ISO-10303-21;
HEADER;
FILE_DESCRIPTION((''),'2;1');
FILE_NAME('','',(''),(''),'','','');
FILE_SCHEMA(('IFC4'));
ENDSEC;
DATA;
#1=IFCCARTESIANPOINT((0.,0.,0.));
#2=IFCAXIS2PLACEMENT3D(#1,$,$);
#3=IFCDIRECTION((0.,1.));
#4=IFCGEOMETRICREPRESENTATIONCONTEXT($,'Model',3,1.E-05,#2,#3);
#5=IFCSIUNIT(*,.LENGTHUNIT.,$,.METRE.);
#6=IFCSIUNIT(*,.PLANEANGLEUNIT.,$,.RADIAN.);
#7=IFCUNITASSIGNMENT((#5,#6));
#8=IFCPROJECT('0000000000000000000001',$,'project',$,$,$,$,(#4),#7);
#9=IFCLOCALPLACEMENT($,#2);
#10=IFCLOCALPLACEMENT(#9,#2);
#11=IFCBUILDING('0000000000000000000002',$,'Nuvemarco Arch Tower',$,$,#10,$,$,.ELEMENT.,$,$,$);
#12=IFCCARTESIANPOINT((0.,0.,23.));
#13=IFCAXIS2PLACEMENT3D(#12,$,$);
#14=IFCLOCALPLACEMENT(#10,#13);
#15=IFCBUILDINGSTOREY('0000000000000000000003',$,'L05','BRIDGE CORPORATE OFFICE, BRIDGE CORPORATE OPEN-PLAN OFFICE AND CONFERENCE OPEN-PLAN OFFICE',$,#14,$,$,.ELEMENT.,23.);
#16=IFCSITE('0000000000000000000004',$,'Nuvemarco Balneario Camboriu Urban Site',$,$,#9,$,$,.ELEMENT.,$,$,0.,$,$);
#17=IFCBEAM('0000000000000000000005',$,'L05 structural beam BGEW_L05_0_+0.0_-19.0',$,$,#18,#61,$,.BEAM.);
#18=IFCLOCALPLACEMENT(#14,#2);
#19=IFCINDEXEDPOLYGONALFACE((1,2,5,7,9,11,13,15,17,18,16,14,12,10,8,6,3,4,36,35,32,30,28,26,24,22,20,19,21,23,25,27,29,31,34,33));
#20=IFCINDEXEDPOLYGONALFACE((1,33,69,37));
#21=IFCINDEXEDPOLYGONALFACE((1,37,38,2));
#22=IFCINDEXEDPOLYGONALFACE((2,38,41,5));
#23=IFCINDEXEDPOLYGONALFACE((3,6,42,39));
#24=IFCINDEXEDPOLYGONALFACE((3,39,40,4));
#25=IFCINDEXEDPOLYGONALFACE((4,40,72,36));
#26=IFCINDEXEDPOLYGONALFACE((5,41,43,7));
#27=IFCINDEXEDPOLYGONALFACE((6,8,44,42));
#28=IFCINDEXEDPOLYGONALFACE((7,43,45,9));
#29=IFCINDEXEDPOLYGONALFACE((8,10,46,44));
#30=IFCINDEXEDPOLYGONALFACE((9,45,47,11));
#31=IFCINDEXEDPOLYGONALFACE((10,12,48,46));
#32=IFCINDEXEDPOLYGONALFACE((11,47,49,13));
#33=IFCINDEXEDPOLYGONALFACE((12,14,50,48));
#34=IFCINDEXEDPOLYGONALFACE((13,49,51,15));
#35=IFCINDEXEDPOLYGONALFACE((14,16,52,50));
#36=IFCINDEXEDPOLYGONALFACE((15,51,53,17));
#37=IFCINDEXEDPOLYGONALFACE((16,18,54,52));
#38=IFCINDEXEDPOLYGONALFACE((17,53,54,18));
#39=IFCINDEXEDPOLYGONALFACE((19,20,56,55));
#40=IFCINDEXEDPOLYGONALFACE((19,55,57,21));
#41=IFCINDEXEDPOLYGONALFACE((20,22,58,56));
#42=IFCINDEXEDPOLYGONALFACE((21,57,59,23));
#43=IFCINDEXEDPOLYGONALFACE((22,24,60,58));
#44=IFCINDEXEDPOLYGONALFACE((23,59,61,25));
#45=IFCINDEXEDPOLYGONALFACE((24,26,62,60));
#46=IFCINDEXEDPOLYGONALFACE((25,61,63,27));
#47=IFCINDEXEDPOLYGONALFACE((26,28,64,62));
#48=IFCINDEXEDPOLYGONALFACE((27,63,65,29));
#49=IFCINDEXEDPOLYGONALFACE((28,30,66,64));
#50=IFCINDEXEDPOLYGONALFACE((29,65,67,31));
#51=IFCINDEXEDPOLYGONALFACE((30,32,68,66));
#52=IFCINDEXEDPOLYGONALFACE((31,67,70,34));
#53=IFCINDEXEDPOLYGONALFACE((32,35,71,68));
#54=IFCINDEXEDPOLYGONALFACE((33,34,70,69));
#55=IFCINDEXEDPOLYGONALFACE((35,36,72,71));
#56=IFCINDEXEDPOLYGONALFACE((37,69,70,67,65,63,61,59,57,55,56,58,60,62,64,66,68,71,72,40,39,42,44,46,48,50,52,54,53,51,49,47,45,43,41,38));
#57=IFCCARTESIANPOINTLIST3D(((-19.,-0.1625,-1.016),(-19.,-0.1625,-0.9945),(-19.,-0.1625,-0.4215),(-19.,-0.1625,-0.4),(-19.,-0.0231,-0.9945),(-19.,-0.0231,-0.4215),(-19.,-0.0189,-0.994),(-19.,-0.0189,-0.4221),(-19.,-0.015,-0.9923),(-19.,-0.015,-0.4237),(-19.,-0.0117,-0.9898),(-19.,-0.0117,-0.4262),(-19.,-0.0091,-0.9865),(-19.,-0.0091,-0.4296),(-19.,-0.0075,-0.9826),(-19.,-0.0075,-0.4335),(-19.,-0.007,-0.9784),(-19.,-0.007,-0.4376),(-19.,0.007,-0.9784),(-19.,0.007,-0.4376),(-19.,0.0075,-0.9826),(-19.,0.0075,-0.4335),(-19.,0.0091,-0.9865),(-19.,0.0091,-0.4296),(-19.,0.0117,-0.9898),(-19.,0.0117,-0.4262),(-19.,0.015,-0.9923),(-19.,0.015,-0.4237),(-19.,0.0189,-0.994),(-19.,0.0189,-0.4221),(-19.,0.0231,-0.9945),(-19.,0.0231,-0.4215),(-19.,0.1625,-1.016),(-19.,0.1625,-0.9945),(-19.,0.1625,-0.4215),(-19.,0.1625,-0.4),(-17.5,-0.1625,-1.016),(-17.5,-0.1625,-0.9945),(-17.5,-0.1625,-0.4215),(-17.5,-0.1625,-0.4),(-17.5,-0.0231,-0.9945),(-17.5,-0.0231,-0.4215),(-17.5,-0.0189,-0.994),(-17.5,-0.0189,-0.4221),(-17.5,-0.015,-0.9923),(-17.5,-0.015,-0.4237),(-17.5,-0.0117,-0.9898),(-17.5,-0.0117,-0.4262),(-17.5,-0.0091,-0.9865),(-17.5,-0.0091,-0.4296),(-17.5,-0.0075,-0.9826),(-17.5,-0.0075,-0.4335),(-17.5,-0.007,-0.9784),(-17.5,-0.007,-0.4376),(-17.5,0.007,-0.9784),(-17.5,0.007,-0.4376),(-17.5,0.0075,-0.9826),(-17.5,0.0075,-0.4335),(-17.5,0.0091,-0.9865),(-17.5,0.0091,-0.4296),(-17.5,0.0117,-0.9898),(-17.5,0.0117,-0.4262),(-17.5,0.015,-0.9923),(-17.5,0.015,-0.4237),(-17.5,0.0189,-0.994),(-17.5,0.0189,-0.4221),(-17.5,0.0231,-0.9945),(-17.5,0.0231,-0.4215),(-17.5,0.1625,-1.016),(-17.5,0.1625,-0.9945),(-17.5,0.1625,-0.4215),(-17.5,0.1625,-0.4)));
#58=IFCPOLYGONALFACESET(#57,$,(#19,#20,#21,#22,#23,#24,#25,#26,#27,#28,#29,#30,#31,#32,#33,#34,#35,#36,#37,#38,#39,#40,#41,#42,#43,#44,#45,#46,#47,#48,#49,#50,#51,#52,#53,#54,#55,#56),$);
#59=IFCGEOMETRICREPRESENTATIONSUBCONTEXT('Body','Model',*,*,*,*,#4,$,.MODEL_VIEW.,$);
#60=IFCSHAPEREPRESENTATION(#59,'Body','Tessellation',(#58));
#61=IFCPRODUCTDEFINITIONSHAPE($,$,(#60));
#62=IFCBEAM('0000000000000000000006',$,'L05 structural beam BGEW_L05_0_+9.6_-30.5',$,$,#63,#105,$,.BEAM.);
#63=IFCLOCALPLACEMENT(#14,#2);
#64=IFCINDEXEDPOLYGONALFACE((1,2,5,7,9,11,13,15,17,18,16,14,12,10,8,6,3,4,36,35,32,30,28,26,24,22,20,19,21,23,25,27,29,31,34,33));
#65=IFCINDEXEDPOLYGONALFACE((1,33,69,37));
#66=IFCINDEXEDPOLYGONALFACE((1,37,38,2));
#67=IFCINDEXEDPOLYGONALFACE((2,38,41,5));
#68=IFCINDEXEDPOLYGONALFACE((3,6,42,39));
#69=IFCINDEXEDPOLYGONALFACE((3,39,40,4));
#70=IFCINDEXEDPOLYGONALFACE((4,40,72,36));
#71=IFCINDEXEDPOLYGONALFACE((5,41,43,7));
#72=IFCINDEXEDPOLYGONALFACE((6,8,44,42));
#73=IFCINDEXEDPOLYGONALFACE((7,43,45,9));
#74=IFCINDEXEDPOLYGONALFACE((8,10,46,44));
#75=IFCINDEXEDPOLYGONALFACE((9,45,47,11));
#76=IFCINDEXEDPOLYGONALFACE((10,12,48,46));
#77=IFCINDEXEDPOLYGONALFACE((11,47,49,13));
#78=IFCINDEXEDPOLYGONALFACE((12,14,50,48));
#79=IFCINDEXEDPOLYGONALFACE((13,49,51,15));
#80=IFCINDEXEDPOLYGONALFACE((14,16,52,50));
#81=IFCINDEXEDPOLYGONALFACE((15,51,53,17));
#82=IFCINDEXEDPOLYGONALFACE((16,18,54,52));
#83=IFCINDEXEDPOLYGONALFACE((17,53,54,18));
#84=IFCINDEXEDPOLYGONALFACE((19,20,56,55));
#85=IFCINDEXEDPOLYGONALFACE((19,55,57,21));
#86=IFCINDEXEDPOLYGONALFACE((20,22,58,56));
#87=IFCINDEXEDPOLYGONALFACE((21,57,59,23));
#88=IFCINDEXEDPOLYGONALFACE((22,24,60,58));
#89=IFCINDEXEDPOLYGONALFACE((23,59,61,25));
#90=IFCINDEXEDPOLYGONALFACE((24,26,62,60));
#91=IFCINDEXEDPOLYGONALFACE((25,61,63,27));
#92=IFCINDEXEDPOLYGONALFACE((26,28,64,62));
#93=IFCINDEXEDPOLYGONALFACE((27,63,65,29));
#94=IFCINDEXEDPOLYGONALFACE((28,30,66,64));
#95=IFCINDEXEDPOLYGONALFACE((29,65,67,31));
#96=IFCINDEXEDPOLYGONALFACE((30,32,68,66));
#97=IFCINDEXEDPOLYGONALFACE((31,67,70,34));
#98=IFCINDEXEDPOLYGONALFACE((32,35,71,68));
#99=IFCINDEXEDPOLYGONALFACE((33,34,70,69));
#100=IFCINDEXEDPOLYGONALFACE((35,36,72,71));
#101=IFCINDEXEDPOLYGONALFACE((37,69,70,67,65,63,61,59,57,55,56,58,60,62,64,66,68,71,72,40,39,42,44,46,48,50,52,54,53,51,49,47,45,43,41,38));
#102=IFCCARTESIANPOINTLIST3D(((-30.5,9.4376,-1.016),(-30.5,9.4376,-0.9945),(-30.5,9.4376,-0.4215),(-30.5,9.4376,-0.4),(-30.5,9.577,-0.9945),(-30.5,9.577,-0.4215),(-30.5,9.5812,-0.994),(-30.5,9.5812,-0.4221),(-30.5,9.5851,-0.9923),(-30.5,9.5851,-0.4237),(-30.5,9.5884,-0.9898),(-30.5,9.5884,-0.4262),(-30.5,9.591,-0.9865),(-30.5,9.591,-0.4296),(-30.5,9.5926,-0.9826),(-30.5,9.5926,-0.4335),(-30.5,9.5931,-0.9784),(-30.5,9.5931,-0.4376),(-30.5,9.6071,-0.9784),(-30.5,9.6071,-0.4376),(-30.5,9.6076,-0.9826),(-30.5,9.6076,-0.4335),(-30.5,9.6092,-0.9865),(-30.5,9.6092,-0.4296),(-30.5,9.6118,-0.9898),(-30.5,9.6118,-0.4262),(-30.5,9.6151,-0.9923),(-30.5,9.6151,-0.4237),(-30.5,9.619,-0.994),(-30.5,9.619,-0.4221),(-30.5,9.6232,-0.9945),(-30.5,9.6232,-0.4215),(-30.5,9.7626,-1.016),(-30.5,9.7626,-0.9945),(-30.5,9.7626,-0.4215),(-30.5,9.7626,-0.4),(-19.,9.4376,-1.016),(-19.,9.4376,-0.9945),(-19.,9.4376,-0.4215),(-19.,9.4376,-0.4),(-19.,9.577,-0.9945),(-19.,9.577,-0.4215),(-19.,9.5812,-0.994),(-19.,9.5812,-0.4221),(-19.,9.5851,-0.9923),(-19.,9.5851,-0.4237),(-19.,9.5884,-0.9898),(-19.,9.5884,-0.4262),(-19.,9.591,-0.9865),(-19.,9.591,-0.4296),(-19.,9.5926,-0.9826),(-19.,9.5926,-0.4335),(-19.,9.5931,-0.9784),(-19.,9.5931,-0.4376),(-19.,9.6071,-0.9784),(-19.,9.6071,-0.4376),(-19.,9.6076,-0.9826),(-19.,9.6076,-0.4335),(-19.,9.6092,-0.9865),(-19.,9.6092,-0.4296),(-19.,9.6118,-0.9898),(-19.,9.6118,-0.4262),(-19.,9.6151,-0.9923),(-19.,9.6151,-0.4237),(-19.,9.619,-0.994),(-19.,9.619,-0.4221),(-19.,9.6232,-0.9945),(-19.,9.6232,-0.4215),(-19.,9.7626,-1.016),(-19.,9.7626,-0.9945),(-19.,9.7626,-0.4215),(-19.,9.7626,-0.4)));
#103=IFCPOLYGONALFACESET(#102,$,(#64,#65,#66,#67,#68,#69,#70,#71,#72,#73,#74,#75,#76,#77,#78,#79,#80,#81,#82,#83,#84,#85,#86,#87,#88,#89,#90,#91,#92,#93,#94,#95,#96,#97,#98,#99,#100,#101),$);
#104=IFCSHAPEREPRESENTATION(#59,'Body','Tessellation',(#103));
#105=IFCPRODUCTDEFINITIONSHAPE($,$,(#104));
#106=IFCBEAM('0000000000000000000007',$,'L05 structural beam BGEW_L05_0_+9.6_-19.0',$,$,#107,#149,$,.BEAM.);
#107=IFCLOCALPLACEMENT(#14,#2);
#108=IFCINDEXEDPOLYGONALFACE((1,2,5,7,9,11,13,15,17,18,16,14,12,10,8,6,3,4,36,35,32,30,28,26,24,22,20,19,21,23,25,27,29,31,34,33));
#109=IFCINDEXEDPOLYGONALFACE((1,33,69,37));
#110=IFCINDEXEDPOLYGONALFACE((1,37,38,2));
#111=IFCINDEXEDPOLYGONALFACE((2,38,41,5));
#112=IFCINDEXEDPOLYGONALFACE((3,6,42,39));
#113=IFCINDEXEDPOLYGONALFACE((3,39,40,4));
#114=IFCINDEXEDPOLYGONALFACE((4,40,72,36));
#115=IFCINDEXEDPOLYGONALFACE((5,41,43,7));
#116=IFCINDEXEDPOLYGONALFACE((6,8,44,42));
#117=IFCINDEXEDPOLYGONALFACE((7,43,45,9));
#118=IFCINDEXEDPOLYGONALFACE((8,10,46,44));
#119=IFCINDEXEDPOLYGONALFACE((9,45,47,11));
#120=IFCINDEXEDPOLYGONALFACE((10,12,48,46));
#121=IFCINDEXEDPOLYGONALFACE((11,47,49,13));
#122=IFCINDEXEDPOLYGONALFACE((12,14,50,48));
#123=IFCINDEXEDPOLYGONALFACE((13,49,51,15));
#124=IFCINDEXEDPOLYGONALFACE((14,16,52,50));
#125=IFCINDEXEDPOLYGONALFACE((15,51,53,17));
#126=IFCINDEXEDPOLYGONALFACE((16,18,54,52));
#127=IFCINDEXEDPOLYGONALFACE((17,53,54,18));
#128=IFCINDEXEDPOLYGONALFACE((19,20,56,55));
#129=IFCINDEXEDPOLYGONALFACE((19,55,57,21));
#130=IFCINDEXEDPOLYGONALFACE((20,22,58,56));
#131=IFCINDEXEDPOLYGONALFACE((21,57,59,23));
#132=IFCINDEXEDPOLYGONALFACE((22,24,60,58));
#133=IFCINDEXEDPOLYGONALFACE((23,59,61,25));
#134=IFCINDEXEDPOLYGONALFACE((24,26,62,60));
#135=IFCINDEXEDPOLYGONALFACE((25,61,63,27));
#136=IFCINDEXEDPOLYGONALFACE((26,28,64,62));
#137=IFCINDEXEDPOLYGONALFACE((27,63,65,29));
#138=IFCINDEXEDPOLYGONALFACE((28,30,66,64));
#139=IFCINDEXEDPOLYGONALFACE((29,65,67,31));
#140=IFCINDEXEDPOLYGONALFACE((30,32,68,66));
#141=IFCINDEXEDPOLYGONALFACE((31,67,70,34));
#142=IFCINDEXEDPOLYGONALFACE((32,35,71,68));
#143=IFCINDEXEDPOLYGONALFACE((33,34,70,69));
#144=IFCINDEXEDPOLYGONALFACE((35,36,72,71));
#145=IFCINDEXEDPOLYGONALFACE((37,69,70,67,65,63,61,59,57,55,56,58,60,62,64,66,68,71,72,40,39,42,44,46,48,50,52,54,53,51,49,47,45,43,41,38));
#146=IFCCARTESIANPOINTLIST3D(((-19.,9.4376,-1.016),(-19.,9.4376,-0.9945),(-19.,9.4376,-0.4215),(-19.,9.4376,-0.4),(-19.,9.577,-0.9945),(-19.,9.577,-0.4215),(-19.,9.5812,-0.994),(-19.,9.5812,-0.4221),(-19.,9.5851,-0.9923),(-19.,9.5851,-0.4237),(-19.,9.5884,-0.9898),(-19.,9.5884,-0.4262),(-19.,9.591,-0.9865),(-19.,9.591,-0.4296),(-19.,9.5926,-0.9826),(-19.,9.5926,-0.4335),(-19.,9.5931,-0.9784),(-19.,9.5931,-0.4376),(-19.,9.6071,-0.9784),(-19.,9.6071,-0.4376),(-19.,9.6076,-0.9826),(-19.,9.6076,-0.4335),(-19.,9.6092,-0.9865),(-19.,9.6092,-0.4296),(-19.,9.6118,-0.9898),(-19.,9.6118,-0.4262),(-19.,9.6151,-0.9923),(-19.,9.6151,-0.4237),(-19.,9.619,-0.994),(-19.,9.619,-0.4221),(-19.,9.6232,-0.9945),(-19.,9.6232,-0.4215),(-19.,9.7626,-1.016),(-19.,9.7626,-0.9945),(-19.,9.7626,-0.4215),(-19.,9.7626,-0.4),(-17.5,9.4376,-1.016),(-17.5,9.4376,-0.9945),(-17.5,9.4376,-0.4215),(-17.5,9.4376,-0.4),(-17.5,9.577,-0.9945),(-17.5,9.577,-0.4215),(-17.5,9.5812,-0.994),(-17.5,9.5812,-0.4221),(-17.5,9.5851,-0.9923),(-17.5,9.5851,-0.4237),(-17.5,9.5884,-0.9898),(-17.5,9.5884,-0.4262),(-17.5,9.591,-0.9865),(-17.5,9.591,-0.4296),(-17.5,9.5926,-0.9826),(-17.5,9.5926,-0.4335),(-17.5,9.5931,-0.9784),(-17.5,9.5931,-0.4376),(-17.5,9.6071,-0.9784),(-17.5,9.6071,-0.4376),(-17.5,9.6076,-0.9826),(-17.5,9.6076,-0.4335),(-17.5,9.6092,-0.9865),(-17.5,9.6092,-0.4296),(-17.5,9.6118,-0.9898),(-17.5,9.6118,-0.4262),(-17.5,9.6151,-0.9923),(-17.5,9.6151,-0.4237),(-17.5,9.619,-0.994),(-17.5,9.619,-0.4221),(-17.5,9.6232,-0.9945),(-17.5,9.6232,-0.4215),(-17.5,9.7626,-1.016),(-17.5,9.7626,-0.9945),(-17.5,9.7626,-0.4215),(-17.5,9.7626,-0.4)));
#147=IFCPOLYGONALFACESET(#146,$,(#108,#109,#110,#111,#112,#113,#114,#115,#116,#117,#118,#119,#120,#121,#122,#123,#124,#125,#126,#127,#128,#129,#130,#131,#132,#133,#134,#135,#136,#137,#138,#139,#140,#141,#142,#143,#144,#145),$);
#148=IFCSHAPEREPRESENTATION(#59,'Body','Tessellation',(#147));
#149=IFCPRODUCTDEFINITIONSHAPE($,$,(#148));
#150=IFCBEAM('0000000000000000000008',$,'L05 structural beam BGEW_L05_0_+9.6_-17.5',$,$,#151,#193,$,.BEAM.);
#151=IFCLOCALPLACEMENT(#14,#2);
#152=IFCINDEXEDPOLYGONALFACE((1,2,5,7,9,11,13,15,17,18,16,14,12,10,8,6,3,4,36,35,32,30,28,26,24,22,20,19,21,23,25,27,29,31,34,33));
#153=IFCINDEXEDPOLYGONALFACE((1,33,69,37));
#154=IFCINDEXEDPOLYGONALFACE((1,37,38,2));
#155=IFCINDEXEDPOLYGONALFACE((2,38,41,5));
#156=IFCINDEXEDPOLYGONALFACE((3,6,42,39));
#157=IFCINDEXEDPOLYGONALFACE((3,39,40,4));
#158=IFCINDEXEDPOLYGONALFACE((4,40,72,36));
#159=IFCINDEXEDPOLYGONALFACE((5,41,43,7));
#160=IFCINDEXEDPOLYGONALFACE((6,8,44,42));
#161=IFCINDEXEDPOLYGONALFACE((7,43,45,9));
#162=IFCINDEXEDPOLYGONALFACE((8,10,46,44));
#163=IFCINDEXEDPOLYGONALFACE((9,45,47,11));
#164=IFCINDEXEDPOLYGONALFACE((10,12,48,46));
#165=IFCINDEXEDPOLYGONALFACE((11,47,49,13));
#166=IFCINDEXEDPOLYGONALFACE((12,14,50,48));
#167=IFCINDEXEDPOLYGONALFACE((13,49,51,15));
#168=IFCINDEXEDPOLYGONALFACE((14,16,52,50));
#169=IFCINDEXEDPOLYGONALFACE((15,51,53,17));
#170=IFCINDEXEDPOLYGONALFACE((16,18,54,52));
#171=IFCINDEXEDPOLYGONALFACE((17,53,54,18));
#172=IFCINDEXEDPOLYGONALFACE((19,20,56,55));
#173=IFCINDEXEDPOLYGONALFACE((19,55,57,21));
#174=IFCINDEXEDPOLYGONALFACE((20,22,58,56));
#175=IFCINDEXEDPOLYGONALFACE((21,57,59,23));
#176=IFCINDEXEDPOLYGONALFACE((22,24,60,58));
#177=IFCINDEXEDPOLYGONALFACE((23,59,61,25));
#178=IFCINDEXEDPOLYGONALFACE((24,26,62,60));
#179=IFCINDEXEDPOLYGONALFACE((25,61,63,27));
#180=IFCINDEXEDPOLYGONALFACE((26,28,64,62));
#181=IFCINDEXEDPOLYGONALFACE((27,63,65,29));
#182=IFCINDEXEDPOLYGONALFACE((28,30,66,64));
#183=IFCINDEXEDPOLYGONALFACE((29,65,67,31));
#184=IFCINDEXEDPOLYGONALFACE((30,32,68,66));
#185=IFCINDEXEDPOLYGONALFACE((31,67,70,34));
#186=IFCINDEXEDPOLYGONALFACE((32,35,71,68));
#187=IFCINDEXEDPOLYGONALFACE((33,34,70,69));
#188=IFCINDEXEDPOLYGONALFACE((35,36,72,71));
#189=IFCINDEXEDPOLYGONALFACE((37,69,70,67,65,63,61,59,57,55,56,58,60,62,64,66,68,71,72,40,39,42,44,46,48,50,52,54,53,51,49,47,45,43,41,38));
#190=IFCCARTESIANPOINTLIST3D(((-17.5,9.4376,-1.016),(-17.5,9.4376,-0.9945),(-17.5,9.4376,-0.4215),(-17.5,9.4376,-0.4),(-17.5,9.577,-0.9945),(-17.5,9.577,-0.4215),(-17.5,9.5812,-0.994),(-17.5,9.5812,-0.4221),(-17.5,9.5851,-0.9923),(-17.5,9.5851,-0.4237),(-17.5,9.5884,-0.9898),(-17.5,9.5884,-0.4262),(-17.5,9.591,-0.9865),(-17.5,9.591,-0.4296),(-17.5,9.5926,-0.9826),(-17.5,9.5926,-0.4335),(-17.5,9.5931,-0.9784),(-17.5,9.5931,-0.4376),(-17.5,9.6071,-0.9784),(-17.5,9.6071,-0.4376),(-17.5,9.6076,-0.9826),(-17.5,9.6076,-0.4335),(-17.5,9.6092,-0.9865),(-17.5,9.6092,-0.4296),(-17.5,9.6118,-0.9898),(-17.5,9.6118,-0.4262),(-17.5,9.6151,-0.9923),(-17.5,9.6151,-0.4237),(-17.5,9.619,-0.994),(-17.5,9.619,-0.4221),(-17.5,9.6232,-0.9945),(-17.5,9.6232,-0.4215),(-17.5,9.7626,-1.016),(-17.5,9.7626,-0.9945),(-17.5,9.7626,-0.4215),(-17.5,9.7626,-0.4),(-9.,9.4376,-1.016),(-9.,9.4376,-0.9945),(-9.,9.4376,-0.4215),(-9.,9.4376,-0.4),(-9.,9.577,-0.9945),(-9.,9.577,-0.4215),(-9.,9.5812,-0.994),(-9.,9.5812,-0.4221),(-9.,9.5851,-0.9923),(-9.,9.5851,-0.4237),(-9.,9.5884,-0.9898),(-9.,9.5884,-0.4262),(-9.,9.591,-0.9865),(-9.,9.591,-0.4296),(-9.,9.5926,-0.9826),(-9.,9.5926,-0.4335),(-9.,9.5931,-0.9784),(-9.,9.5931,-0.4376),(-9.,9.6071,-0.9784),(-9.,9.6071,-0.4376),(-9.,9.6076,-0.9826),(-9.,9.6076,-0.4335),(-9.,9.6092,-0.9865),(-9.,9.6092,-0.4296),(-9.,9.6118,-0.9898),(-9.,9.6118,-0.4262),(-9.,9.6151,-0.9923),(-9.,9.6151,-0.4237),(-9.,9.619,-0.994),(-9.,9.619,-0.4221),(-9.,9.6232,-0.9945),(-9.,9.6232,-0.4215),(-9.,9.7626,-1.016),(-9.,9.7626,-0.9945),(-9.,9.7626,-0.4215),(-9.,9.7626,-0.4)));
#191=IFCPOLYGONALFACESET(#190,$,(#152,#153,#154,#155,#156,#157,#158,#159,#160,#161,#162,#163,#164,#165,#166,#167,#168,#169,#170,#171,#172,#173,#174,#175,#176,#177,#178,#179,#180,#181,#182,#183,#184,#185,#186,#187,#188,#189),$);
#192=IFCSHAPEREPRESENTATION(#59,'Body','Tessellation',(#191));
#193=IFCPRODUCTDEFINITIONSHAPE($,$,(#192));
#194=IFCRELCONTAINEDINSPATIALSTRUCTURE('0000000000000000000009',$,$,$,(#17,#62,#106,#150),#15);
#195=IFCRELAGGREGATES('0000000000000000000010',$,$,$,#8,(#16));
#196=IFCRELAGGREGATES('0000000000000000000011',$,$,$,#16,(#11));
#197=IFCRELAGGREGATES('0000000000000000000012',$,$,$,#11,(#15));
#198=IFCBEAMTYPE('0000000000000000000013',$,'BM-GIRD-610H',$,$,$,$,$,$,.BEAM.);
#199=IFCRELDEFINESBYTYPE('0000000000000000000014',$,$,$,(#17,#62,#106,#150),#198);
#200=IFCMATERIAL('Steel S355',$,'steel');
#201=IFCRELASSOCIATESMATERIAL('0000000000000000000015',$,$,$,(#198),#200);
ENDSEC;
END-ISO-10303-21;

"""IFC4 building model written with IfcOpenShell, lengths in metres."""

from ifc_helpers import new_model, si_unit, direction, frame, origin, origin_2d, place, context, subcontext, project, spatial, i_section, extrude, material, material_profile, profile_set, type_object, element, save


model = new_model("IFC4")

# Units and contexts
model_context = context("Model", 3, precision=1e-05, world=origin(), true_north=direction((0.0, 1.0)))
body_context = subcontext(model_context, "Body", "Model", "MODEL_VIEW")
ifc_project = project(units=[si_unit("LENGTHUNIT", "METRE"), si_unit("PLANEANGLEUNIT", "RADIAN")], contexts=[model_context])

# Site, building, storey
site_placement = place(None, origin())
site = spatial("IfcSite", under=ifc_project, at=site_placement, Name="Nuvemarco Balneario Camboriu Urban Site", CompositionType="ELEMENT", RefElevation=0.0)
building_placement = place(site_placement, origin())
building = spatial("IfcBuilding", under=site, at=building_placement, Name="Nuvemarco Arch Tower", CompositionType="ELEMENT")
storey_placement = place(building_placement, frame((0.0, 0.0, 23.0)))
storey = spatial("IfcBuildingStorey", under=building, at=storey_placement, Name="L05", Description="BRIDGE CORPORATE OFFICE, BRIDGE CORPORATE OPEN-PLAN OFFICE AND CONFERENCE OPEN-PLAN OFFICE", CompositionType="ELEMENT", Elevation=23.0)

# Beams
ifc_material_1 = material(Name="Steel S355", Category="steel")
ifc_material_profile_1 = material_profile(ifc_material_1, i_section(OverallWidth=0.325, OverallDepth=0.616, WebThickness=0.0139, FlangeThickness=0.0215, FilletRadius=0.0161, at=origin_2d()), Name="W610x174")
ifc_profile_set_1 = profile_set([ifc_material_profile_1], Name="Steel S355")
beam_type_1 = type_object("IfcBeamType", Name="BM-GIRD-610H", PredefinedType="BEAM", material=ifc_profile_set_1)
beam_1_placement = place(storey_placement, frame((-19.0, 0.0, -0.708), z_axis=(1.0, 0.0, 0.0), x_axis=(0.0, 1.0, 0.0)))
element("IfcBeam", 1, at=beam_1_placement, inside=storey, type_object=beam_type_1, Name="L05 structural beam BGEW_L05_0_+0.0_-19.0", PredefinedType="BEAM", context=body_context, shape_type="SweptSolid", body=[
    extrude(i_section(OverallWidth=0.325, OverallDepth=0.616, WebThickness=0.0139, FlangeThickness=0.0215, FilletRadius=0.0161, at=origin_2d()), origin(), (0.0, 0.0, 1.0), 1.5),
])
beam_2_placement = place(storey_placement, frame((-30.5, 9.6001, -0.708), z_axis=(1.0, 0.0, 0.0), x_axis=(0.0, 1.0, 0.0)))
element("IfcBeam", 2, at=beam_2_placement, inside=storey, type_object=beam_type_1, Name="L05 structural beam BGEW_L05_0_+9.6_-30.5", PredefinedType="BEAM", context=body_context, shape_type="SweptSolid", body=[
    extrude(i_section(OverallWidth=0.325, OverallDepth=0.616, WebThickness=0.0139, FlangeThickness=0.0215, FilletRadius=0.0161, at=origin_2d()), origin(), (0.0, 0.0, 1.0), 11.5),
])
beam_3_placement = place(storey_placement, frame((-19.0, 9.6001, -0.708), z_axis=(1.0, 0.0, 0.0), x_axis=(0.0, 1.0, 0.0)))
element("IfcBeam", 3, at=beam_3_placement, inside=storey, type_object=beam_type_1, Name="L05 structural beam BGEW_L05_0_+9.6_-19.0", PredefinedType="BEAM", context=body_context, shape_type="SweptSolid", body=[
    extrude(i_section(OverallWidth=0.325, OverallDepth=0.616, WebThickness=0.0139, FlangeThickness=0.0215, FilletRadius=0.0161, at=origin_2d()), origin(), (0.0, 0.0, 1.0), 1.5),
])
beam_4_placement = place(storey_placement, frame((-17.5, 9.6001, -0.708), z_axis=(1.0, 0.0, 0.0), x_axis=(0.0, 1.0, 0.0)))
element("IfcBeam", 4, at=beam_4_placement, inside=storey, type_object=beam_type_1, Name="L05 structural beam BGEW_L05_0_+9.6_-17.5", PredefinedType="BEAM", context=body_context, shape_type="SweptSolid", body=[
    extrude(i_section(OverallWidth=0.325, OverallDepth=0.616, WebThickness=0.0139, FlangeThickness=0.0215, FilletRadius=0.0161, at=origin_2d()), origin(), (0.0, 0.0, 1.0), 8.5),
])

save(model, "model.ifc")
